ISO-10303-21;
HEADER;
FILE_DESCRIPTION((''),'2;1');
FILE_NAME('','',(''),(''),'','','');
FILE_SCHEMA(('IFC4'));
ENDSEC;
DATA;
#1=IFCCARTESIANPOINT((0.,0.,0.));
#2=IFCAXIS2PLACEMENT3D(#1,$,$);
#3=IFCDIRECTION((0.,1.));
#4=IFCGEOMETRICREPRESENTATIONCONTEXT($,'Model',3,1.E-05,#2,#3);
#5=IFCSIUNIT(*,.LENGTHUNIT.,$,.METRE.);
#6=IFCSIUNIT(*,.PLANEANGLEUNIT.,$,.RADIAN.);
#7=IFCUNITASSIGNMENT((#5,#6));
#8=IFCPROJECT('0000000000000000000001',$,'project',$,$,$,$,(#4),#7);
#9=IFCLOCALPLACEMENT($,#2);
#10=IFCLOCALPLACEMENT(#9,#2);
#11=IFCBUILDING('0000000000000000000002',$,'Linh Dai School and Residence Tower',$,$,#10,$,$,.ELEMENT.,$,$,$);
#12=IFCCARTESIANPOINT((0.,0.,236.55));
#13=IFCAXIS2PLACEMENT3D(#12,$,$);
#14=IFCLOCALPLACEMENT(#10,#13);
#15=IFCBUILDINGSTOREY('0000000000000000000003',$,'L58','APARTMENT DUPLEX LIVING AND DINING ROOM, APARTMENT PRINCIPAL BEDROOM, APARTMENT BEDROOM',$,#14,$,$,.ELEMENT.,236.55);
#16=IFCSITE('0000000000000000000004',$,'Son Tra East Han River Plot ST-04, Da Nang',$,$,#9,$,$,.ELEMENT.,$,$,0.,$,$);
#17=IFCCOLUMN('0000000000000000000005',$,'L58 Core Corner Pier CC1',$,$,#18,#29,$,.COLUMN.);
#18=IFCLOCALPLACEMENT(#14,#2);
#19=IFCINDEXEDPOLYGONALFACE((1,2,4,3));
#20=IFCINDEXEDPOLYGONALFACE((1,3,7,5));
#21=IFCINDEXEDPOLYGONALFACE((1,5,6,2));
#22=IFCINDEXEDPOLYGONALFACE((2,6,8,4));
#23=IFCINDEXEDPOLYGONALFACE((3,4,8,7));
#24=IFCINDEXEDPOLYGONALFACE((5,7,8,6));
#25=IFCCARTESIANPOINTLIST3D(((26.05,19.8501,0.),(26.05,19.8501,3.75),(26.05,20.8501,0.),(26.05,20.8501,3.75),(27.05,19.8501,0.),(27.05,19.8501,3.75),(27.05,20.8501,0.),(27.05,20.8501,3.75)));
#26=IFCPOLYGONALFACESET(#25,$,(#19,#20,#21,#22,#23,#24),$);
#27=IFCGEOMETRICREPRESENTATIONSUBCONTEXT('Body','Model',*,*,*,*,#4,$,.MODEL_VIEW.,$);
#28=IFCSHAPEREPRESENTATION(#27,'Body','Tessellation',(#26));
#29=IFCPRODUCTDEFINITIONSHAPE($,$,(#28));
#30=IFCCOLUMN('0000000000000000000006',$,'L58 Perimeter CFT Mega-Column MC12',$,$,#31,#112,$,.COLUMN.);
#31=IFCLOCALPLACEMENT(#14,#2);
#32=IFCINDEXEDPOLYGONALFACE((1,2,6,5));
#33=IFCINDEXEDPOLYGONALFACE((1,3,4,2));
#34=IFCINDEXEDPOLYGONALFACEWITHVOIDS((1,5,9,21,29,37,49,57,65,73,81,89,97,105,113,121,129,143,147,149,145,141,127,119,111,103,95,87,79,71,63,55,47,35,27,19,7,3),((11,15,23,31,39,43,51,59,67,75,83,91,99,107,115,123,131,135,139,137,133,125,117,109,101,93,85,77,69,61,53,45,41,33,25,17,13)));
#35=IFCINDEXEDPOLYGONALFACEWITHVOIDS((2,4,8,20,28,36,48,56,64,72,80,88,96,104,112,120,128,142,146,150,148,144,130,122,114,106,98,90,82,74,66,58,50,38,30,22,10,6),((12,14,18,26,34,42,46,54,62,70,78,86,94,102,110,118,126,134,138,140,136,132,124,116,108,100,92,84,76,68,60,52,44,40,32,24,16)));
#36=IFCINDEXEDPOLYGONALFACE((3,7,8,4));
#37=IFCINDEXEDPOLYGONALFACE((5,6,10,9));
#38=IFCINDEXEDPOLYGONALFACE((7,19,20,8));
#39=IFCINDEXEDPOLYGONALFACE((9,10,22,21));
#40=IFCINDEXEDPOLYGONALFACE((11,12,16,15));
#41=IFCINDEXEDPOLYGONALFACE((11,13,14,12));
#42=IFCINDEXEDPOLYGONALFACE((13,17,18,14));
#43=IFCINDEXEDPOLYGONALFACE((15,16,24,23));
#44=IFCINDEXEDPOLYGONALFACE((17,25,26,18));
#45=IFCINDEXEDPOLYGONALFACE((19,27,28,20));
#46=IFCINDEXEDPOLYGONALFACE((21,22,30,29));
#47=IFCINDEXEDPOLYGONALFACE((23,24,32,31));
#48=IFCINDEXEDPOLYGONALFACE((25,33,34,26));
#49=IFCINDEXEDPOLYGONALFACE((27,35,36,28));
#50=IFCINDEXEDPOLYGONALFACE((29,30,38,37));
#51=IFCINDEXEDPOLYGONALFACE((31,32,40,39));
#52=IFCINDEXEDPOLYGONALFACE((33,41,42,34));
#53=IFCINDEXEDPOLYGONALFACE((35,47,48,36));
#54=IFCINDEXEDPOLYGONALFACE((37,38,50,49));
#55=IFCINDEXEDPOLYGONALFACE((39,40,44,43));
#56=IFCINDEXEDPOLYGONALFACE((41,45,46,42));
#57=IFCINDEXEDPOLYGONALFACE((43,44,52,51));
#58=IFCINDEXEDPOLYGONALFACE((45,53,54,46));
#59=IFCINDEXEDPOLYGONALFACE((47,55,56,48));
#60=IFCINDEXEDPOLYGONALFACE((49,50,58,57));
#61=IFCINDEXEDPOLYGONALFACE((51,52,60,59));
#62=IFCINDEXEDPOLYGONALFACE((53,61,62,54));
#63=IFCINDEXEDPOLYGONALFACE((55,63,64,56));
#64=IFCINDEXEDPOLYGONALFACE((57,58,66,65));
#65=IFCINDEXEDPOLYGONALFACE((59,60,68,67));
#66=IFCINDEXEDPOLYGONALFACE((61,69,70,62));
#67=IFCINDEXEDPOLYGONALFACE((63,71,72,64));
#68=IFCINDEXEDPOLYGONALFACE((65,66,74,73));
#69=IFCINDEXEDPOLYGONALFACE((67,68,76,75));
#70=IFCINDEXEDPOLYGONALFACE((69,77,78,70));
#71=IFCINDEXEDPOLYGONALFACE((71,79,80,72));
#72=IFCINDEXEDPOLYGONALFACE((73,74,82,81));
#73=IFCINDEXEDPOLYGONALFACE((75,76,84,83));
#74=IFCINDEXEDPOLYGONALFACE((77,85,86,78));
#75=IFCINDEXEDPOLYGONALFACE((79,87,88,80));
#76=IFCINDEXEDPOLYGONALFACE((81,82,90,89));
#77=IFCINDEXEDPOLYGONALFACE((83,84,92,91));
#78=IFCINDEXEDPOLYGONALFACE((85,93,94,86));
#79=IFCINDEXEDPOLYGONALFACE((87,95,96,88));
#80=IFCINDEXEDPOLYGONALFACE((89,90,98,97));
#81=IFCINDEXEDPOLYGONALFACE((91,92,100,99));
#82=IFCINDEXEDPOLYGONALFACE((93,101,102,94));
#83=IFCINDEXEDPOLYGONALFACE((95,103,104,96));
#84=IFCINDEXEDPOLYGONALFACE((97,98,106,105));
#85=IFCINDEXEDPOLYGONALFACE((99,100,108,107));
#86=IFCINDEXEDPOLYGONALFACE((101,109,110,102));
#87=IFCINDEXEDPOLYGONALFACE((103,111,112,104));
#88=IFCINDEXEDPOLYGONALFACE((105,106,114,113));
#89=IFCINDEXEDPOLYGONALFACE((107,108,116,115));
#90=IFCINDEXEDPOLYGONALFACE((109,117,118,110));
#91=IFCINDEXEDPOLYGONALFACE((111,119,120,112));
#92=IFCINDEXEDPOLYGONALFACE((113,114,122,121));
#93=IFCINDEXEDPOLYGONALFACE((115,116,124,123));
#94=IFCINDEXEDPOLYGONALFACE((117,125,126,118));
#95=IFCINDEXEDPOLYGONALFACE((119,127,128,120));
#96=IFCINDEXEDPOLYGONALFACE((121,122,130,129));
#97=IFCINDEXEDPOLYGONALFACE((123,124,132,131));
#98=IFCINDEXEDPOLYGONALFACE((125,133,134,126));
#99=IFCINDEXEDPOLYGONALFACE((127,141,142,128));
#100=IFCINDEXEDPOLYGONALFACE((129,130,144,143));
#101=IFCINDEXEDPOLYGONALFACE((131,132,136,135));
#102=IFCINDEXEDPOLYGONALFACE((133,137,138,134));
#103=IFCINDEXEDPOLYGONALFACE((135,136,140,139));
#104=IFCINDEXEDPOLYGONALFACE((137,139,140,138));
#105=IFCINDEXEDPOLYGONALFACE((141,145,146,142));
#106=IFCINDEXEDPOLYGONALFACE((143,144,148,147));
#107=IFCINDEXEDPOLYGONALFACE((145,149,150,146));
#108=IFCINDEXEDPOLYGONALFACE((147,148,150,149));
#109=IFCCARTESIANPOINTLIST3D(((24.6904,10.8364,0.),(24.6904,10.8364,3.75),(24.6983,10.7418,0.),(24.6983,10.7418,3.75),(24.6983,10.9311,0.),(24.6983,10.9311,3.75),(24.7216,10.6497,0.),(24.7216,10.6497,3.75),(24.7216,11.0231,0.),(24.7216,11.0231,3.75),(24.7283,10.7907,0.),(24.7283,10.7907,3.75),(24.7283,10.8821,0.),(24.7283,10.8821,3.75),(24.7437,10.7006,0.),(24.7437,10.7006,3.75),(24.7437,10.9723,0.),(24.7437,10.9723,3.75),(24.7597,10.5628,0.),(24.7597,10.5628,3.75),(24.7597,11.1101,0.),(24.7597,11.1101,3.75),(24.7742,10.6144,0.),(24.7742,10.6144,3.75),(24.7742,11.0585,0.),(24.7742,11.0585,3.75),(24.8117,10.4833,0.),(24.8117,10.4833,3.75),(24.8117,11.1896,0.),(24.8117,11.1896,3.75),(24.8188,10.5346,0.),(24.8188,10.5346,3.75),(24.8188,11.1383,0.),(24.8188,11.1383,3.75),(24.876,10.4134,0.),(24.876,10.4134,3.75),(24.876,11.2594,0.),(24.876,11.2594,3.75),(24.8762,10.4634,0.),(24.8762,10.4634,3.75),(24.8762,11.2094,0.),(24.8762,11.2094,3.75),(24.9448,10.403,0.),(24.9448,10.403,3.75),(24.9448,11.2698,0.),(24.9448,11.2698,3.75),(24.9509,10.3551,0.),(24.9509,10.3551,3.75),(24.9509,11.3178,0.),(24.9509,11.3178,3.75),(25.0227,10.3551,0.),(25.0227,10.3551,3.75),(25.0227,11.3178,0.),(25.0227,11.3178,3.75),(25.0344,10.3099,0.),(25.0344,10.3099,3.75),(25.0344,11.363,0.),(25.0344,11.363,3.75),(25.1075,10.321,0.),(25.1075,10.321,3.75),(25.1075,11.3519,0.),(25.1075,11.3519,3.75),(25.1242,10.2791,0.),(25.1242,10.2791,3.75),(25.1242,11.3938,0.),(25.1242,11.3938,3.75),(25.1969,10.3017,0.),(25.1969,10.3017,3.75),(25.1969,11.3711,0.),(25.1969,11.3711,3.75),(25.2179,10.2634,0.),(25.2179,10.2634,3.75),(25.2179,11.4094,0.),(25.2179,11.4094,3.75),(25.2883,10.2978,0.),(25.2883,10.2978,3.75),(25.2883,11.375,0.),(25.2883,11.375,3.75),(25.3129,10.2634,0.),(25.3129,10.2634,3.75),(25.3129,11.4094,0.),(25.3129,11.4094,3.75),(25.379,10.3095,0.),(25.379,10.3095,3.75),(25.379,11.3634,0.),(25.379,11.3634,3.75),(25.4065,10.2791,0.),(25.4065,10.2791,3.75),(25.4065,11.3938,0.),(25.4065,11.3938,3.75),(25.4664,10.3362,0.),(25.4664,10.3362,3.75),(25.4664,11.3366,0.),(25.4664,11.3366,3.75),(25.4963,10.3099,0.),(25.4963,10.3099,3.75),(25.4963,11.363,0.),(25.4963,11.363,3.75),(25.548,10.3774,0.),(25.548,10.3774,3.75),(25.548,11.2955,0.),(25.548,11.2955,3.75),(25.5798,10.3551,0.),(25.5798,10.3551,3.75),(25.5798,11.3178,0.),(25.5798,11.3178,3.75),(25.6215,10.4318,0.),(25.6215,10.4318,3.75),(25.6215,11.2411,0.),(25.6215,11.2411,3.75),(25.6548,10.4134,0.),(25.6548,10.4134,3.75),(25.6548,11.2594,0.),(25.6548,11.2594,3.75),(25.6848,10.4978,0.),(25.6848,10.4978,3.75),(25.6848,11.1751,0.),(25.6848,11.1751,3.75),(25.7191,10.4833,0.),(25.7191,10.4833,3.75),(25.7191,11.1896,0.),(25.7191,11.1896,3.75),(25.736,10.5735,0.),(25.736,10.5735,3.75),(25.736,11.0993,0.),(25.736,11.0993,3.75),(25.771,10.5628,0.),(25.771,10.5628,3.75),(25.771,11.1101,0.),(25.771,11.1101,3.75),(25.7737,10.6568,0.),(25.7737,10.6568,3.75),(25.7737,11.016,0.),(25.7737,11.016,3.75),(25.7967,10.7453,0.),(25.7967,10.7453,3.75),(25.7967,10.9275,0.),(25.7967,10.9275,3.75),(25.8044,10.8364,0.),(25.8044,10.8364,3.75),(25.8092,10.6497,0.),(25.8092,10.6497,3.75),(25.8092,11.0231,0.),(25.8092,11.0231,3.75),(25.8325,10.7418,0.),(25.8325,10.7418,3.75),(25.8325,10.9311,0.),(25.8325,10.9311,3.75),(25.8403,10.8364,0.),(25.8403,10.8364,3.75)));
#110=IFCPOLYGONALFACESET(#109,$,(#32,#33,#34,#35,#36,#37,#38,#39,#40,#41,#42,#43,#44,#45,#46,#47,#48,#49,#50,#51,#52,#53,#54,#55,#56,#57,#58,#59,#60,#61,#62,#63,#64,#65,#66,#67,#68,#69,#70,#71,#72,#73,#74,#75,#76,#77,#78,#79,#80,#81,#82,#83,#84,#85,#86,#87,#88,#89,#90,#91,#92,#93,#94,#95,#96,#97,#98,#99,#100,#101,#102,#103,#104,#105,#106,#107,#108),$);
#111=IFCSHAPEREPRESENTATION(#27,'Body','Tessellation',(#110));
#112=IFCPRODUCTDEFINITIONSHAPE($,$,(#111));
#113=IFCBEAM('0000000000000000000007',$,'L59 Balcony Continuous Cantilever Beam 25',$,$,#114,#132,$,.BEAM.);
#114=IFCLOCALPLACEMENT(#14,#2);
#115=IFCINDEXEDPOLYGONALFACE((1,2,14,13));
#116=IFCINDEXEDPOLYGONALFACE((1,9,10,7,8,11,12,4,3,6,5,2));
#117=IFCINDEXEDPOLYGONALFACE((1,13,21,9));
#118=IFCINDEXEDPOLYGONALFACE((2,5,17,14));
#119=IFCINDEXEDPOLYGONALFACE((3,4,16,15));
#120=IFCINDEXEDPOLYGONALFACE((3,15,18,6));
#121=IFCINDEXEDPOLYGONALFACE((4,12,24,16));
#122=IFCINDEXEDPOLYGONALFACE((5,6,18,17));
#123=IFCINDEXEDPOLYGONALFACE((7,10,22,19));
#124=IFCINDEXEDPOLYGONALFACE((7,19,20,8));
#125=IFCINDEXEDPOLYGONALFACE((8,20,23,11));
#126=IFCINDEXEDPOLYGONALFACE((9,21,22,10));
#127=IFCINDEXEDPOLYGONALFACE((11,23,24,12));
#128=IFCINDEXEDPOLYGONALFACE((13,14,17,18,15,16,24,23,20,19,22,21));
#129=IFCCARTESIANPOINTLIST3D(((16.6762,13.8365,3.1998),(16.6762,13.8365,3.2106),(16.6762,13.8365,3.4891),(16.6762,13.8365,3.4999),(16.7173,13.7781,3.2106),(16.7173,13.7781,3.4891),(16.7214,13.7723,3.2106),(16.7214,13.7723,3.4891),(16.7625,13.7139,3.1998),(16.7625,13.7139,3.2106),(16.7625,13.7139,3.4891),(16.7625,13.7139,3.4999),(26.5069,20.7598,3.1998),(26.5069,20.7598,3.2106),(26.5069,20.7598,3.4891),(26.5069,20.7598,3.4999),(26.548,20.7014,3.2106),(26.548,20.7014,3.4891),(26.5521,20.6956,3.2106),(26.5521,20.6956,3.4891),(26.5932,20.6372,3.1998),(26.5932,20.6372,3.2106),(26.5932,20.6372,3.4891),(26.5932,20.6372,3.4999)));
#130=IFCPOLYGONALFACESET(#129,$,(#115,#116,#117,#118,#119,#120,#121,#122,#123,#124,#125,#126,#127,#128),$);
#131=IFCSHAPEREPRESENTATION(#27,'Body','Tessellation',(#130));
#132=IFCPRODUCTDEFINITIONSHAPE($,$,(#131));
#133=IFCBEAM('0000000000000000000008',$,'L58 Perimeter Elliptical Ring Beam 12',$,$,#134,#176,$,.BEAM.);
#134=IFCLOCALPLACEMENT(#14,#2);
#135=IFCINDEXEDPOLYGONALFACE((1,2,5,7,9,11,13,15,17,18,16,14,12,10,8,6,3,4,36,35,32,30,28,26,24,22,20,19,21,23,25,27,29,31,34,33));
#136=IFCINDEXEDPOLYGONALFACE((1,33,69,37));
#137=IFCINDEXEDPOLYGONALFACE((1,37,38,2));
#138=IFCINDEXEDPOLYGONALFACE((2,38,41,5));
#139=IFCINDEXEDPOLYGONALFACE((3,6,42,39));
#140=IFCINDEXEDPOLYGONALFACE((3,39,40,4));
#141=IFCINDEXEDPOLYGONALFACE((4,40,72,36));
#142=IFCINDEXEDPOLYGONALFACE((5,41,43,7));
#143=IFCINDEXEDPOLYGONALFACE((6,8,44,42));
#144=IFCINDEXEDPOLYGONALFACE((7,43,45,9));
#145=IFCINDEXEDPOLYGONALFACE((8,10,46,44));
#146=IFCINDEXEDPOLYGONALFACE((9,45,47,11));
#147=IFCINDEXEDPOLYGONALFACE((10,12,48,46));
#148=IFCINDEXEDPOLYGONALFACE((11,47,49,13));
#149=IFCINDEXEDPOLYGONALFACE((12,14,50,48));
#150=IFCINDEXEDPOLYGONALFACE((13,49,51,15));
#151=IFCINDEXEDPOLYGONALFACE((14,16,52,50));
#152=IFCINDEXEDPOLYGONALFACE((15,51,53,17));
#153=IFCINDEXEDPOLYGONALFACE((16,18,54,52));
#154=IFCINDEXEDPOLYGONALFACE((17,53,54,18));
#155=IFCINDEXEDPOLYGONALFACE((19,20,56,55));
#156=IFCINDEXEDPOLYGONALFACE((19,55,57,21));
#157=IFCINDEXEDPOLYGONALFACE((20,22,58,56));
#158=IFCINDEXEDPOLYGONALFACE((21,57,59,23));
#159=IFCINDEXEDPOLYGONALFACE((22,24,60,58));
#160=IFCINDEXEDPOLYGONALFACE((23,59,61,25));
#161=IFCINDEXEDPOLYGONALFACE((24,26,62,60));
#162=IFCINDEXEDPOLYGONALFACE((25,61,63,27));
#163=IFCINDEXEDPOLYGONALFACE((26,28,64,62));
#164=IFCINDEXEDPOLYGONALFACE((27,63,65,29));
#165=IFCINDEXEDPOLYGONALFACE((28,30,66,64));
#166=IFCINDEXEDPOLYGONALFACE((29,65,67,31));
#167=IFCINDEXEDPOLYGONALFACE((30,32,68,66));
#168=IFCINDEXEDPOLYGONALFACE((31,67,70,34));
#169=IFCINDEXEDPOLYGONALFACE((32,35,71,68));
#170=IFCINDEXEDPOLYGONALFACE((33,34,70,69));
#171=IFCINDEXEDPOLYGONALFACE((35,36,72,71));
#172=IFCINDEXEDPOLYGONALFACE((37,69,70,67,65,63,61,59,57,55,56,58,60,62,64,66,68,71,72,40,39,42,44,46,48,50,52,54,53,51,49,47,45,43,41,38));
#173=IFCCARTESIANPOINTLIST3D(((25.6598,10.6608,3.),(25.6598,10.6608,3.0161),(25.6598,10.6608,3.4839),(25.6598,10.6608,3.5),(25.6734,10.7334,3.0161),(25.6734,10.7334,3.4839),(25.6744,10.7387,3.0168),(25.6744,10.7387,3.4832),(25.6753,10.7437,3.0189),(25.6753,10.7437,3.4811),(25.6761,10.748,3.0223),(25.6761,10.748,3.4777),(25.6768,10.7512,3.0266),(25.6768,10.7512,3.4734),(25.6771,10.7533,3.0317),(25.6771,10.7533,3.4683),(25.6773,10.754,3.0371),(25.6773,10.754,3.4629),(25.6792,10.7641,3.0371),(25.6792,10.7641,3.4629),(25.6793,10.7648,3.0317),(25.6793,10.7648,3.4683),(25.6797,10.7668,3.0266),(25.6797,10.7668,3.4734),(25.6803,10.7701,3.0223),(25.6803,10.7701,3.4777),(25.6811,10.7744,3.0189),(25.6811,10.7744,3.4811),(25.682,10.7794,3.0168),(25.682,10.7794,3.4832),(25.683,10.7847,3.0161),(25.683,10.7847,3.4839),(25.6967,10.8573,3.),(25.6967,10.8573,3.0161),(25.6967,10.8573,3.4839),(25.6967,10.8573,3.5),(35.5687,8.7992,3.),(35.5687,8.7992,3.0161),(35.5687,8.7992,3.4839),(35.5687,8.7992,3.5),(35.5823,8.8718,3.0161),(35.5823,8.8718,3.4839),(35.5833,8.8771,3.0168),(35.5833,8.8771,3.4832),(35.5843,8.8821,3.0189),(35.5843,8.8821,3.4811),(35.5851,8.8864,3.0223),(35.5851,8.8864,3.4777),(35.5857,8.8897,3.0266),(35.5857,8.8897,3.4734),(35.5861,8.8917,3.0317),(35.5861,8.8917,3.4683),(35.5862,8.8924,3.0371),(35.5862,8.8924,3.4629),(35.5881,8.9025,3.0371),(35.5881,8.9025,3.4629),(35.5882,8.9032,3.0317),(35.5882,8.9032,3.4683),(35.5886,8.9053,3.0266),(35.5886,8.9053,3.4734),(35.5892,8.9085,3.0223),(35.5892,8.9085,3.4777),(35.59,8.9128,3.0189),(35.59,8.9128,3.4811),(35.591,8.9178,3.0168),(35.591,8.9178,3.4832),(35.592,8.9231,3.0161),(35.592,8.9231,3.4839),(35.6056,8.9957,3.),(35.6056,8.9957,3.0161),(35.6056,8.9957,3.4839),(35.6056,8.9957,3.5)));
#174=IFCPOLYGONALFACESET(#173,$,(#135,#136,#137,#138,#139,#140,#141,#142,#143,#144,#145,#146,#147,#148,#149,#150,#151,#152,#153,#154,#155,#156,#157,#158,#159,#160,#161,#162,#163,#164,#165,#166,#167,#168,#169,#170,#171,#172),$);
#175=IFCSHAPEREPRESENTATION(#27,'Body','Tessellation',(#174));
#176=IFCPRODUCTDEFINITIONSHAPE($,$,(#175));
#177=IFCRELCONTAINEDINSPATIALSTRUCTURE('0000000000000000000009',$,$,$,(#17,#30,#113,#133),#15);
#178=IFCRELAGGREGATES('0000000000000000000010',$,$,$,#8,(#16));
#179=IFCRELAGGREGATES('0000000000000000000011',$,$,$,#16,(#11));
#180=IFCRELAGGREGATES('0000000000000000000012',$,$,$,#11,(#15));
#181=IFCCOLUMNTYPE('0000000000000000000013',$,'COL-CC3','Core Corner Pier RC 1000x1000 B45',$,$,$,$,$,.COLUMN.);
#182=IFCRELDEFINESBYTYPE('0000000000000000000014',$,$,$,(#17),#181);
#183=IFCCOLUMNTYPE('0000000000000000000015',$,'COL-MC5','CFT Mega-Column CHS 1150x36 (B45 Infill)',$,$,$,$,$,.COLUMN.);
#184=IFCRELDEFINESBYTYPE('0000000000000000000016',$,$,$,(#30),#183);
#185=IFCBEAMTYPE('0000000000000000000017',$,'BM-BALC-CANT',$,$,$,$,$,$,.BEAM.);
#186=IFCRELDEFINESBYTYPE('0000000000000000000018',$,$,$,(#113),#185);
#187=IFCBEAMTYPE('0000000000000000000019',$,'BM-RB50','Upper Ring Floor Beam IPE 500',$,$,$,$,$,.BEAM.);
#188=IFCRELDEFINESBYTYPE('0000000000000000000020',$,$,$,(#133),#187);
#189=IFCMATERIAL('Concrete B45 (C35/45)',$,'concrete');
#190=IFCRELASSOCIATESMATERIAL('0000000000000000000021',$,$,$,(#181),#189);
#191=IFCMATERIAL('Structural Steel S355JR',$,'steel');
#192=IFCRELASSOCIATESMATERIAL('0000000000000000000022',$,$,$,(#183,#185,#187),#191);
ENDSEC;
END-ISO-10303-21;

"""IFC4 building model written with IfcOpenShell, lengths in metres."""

from ifc_helpers import new_model, si_unit, direction, frame, origin, origin_2d, place, context, subcontext, project, spatial, rectangle, hollow_circle, i_section, extrude, material, material_profile, profile_set, type_object, element, save


model = new_model("IFC4")

# Units and contexts
model_context = context("Model", 3, precision=1e-05, world=origin(), true_north=direction((0.0, 1.0)))
body_context = subcontext(model_context, "Body", "Model", "MODEL_VIEW")
ifc_project = project(units=[si_unit("LENGTHUNIT", "METRE"), si_unit("PLANEANGLEUNIT", "RADIAN")], contexts=[model_context])

# Site, building, storey
site_placement = place(None, origin())
site = spatial("IfcSite", under=ifc_project, at=site_placement, Name="Son Tra East Han River Plot ST-04, Da Nang", CompositionType="ELEMENT", RefElevation=0.0)
building_placement = place(site_placement, origin())
building = spatial("IfcBuilding", under=site, at=building_placement, Name="Linh Dai School and Residence Tower", CompositionType="ELEMENT")
storey_placement = place(building_placement, frame((0.0, 0.0, 236.55)))
storey = spatial("IfcBuildingStorey", under=building, at=storey_placement, Name="L58", Description="APARTMENT DUPLEX LIVING AND DINING ROOM, APARTMENT PRINCIPAL BEDROOM, APARTMENT BEDROOM", CompositionType="ELEMENT", Elevation=236.55)

# Columns
ifc_material_1 = material(Name="Concrete B45 (C35/45)", Category="concrete")
ifc_material_profile_1 = material_profile(ifc_material_1, rectangle(XDim=1.0, YDim=1.0, at=origin_2d()), Name="RC 1000x1000")
ifc_profile_set_1 = profile_set([ifc_material_profile_1], Name="Concrete B45 (C35/45)")
column_type_1 = type_object("IfcColumnType", Name="COL-CC3", Description="Core Corner Pier RC 1000x1000 B45", PredefinedType="COLUMN", material=ifc_profile_set_1)
column_1_placement = place(storey_placement, frame((26.55, 20.3501, 0.0), z_axis=(0.0, 0.0, 1.0), x_axis=(1.0, 0.0, 0.0)))
element("IfcColumn", 1, at=column_1_placement, inside=storey, type_object=column_type_1, Name="L58 Core Corner Pier CC1", PredefinedType="COLUMN", context=body_context, shape_type="SweptSolid", body=[
    extrude(rectangle(XDim=1.0, YDim=1.0, at=origin_2d()), origin(), (0.0, 0.0, 1.0), 3.75),
])
ifc_material_2 = material(Name="Structural Steel S355JR", Category="steel")
ifc_material_profile_2 = material_profile(ifc_material_2, hollow_circle(Radius=0.575, WallThickness=0.0359, at=origin_2d()), Name="CHS 1150x36")
ifc_profile_set_2 = profile_set([ifc_material_profile_2], Name="Structural Steel S355JR")
column_type_2 = type_object("IfcColumnType", Name="COL-MC5", Description="CFT Mega-Column CHS 1150x36 (B45 Infill)", PredefinedType="COLUMN", material=ifc_profile_set_2)
column_2_placement = place(storey_placement, frame((25.2654, 10.8364, 0.0), z_axis=(0.0, 0.0, 1.0), x_axis=(1.0, 0.0, 0.0)))
element("IfcColumn", 2, at=column_2_placement, inside=storey, type_object=column_type_2, Name="L58 Perimeter CFT Mega-Column MC12", PredefinedType="COLUMN", context=body_context, shape_type="SweptSolid", body=[
    extrude(hollow_circle(Radius=0.575, WallThickness=0.0359, at=origin_2d()), origin(), (0.0, 0.0, 1.0), 3.75),
])

# Beams
ifc_material_profile_3 = material_profile(ifc_material_2, i_section(OverallWidth=0.1499, OverallDepth=0.3, WebThickness=0.0071, FlangeThickness=0.0107, at=origin_2d()), Name="IPE 300")
ifc_profile_set_3 = profile_set([ifc_material_profile_3], Name="Structural Steel S355JR")
beam_type_1 = type_object("IfcBeamType", Name="BM-BALC-CANT", PredefinedType="BEAM", material=ifc_profile_set_3)
beam_1_placement = place(storey_placement, frame((26.55, 20.6985, 3.3499), z_axis=(-0.817596, -0.575792, 0.0), x_axis=(0.575792, -0.817596, 0.0)))
element("IfcBeam", 3, at=beam_1_placement, inside=storey, type_object=beam_type_1, Name="L59 Balcony Continuous Cantilever Beam 25", PredefinedType="BEAM", context=body_context, shape_type="SweptSolid", body=[
    extrude(i_section(OverallWidth=0.1499, OverallDepth=0.3, WebThickness=0.0071, FlangeThickness=0.0107, at=origin_2d()), origin(), (0.0, 0.0, 1.0), 12.0239),
])
ifc_material_profile_4 = material_profile(ifc_material_2, i_section(OverallWidth=0.2, OverallDepth=0.5, WebThickness=0.0103, FlangeThickness=0.0161, FilletRadius=0.021, at=origin_2d()), Name="IPE 500")
ifc_profile_set_4 = profile_set([ifc_material_profile_4], Name="Structural Steel S355JR")
beam_type_2 = type_object("IfcBeamType", Name="BM-RB50", Description="Upper Ring Floor Beam IPE 500", PredefinedType="BEAM", material=ifc_profile_set_4)
beam_2_placement = place(storey_placement, frame((25.6782, 10.759, 3.25), z_axis=(0.982807, -0.184638, 0.0), x_axis=(0.184638, 0.982807, 0.0)))
element("IfcBeam", 4, at=beam_2_placement, inside=storey, type_object=beam_type_2, Name="L58 Perimeter Elliptical Ring Beam 12", PredefinedType="BEAM", context=body_context, shape_type="SweptSolid", body=[
    extrude(i_section(OverallWidth=0.2, OverallDepth=0.5, WebThickness=0.0103, FlangeThickness=0.0161, FilletRadius=0.021, at=origin_2d()), origin(), (0.0, 0.0, 1.0), 10.0823),
])

save(model, "model.ifc")
